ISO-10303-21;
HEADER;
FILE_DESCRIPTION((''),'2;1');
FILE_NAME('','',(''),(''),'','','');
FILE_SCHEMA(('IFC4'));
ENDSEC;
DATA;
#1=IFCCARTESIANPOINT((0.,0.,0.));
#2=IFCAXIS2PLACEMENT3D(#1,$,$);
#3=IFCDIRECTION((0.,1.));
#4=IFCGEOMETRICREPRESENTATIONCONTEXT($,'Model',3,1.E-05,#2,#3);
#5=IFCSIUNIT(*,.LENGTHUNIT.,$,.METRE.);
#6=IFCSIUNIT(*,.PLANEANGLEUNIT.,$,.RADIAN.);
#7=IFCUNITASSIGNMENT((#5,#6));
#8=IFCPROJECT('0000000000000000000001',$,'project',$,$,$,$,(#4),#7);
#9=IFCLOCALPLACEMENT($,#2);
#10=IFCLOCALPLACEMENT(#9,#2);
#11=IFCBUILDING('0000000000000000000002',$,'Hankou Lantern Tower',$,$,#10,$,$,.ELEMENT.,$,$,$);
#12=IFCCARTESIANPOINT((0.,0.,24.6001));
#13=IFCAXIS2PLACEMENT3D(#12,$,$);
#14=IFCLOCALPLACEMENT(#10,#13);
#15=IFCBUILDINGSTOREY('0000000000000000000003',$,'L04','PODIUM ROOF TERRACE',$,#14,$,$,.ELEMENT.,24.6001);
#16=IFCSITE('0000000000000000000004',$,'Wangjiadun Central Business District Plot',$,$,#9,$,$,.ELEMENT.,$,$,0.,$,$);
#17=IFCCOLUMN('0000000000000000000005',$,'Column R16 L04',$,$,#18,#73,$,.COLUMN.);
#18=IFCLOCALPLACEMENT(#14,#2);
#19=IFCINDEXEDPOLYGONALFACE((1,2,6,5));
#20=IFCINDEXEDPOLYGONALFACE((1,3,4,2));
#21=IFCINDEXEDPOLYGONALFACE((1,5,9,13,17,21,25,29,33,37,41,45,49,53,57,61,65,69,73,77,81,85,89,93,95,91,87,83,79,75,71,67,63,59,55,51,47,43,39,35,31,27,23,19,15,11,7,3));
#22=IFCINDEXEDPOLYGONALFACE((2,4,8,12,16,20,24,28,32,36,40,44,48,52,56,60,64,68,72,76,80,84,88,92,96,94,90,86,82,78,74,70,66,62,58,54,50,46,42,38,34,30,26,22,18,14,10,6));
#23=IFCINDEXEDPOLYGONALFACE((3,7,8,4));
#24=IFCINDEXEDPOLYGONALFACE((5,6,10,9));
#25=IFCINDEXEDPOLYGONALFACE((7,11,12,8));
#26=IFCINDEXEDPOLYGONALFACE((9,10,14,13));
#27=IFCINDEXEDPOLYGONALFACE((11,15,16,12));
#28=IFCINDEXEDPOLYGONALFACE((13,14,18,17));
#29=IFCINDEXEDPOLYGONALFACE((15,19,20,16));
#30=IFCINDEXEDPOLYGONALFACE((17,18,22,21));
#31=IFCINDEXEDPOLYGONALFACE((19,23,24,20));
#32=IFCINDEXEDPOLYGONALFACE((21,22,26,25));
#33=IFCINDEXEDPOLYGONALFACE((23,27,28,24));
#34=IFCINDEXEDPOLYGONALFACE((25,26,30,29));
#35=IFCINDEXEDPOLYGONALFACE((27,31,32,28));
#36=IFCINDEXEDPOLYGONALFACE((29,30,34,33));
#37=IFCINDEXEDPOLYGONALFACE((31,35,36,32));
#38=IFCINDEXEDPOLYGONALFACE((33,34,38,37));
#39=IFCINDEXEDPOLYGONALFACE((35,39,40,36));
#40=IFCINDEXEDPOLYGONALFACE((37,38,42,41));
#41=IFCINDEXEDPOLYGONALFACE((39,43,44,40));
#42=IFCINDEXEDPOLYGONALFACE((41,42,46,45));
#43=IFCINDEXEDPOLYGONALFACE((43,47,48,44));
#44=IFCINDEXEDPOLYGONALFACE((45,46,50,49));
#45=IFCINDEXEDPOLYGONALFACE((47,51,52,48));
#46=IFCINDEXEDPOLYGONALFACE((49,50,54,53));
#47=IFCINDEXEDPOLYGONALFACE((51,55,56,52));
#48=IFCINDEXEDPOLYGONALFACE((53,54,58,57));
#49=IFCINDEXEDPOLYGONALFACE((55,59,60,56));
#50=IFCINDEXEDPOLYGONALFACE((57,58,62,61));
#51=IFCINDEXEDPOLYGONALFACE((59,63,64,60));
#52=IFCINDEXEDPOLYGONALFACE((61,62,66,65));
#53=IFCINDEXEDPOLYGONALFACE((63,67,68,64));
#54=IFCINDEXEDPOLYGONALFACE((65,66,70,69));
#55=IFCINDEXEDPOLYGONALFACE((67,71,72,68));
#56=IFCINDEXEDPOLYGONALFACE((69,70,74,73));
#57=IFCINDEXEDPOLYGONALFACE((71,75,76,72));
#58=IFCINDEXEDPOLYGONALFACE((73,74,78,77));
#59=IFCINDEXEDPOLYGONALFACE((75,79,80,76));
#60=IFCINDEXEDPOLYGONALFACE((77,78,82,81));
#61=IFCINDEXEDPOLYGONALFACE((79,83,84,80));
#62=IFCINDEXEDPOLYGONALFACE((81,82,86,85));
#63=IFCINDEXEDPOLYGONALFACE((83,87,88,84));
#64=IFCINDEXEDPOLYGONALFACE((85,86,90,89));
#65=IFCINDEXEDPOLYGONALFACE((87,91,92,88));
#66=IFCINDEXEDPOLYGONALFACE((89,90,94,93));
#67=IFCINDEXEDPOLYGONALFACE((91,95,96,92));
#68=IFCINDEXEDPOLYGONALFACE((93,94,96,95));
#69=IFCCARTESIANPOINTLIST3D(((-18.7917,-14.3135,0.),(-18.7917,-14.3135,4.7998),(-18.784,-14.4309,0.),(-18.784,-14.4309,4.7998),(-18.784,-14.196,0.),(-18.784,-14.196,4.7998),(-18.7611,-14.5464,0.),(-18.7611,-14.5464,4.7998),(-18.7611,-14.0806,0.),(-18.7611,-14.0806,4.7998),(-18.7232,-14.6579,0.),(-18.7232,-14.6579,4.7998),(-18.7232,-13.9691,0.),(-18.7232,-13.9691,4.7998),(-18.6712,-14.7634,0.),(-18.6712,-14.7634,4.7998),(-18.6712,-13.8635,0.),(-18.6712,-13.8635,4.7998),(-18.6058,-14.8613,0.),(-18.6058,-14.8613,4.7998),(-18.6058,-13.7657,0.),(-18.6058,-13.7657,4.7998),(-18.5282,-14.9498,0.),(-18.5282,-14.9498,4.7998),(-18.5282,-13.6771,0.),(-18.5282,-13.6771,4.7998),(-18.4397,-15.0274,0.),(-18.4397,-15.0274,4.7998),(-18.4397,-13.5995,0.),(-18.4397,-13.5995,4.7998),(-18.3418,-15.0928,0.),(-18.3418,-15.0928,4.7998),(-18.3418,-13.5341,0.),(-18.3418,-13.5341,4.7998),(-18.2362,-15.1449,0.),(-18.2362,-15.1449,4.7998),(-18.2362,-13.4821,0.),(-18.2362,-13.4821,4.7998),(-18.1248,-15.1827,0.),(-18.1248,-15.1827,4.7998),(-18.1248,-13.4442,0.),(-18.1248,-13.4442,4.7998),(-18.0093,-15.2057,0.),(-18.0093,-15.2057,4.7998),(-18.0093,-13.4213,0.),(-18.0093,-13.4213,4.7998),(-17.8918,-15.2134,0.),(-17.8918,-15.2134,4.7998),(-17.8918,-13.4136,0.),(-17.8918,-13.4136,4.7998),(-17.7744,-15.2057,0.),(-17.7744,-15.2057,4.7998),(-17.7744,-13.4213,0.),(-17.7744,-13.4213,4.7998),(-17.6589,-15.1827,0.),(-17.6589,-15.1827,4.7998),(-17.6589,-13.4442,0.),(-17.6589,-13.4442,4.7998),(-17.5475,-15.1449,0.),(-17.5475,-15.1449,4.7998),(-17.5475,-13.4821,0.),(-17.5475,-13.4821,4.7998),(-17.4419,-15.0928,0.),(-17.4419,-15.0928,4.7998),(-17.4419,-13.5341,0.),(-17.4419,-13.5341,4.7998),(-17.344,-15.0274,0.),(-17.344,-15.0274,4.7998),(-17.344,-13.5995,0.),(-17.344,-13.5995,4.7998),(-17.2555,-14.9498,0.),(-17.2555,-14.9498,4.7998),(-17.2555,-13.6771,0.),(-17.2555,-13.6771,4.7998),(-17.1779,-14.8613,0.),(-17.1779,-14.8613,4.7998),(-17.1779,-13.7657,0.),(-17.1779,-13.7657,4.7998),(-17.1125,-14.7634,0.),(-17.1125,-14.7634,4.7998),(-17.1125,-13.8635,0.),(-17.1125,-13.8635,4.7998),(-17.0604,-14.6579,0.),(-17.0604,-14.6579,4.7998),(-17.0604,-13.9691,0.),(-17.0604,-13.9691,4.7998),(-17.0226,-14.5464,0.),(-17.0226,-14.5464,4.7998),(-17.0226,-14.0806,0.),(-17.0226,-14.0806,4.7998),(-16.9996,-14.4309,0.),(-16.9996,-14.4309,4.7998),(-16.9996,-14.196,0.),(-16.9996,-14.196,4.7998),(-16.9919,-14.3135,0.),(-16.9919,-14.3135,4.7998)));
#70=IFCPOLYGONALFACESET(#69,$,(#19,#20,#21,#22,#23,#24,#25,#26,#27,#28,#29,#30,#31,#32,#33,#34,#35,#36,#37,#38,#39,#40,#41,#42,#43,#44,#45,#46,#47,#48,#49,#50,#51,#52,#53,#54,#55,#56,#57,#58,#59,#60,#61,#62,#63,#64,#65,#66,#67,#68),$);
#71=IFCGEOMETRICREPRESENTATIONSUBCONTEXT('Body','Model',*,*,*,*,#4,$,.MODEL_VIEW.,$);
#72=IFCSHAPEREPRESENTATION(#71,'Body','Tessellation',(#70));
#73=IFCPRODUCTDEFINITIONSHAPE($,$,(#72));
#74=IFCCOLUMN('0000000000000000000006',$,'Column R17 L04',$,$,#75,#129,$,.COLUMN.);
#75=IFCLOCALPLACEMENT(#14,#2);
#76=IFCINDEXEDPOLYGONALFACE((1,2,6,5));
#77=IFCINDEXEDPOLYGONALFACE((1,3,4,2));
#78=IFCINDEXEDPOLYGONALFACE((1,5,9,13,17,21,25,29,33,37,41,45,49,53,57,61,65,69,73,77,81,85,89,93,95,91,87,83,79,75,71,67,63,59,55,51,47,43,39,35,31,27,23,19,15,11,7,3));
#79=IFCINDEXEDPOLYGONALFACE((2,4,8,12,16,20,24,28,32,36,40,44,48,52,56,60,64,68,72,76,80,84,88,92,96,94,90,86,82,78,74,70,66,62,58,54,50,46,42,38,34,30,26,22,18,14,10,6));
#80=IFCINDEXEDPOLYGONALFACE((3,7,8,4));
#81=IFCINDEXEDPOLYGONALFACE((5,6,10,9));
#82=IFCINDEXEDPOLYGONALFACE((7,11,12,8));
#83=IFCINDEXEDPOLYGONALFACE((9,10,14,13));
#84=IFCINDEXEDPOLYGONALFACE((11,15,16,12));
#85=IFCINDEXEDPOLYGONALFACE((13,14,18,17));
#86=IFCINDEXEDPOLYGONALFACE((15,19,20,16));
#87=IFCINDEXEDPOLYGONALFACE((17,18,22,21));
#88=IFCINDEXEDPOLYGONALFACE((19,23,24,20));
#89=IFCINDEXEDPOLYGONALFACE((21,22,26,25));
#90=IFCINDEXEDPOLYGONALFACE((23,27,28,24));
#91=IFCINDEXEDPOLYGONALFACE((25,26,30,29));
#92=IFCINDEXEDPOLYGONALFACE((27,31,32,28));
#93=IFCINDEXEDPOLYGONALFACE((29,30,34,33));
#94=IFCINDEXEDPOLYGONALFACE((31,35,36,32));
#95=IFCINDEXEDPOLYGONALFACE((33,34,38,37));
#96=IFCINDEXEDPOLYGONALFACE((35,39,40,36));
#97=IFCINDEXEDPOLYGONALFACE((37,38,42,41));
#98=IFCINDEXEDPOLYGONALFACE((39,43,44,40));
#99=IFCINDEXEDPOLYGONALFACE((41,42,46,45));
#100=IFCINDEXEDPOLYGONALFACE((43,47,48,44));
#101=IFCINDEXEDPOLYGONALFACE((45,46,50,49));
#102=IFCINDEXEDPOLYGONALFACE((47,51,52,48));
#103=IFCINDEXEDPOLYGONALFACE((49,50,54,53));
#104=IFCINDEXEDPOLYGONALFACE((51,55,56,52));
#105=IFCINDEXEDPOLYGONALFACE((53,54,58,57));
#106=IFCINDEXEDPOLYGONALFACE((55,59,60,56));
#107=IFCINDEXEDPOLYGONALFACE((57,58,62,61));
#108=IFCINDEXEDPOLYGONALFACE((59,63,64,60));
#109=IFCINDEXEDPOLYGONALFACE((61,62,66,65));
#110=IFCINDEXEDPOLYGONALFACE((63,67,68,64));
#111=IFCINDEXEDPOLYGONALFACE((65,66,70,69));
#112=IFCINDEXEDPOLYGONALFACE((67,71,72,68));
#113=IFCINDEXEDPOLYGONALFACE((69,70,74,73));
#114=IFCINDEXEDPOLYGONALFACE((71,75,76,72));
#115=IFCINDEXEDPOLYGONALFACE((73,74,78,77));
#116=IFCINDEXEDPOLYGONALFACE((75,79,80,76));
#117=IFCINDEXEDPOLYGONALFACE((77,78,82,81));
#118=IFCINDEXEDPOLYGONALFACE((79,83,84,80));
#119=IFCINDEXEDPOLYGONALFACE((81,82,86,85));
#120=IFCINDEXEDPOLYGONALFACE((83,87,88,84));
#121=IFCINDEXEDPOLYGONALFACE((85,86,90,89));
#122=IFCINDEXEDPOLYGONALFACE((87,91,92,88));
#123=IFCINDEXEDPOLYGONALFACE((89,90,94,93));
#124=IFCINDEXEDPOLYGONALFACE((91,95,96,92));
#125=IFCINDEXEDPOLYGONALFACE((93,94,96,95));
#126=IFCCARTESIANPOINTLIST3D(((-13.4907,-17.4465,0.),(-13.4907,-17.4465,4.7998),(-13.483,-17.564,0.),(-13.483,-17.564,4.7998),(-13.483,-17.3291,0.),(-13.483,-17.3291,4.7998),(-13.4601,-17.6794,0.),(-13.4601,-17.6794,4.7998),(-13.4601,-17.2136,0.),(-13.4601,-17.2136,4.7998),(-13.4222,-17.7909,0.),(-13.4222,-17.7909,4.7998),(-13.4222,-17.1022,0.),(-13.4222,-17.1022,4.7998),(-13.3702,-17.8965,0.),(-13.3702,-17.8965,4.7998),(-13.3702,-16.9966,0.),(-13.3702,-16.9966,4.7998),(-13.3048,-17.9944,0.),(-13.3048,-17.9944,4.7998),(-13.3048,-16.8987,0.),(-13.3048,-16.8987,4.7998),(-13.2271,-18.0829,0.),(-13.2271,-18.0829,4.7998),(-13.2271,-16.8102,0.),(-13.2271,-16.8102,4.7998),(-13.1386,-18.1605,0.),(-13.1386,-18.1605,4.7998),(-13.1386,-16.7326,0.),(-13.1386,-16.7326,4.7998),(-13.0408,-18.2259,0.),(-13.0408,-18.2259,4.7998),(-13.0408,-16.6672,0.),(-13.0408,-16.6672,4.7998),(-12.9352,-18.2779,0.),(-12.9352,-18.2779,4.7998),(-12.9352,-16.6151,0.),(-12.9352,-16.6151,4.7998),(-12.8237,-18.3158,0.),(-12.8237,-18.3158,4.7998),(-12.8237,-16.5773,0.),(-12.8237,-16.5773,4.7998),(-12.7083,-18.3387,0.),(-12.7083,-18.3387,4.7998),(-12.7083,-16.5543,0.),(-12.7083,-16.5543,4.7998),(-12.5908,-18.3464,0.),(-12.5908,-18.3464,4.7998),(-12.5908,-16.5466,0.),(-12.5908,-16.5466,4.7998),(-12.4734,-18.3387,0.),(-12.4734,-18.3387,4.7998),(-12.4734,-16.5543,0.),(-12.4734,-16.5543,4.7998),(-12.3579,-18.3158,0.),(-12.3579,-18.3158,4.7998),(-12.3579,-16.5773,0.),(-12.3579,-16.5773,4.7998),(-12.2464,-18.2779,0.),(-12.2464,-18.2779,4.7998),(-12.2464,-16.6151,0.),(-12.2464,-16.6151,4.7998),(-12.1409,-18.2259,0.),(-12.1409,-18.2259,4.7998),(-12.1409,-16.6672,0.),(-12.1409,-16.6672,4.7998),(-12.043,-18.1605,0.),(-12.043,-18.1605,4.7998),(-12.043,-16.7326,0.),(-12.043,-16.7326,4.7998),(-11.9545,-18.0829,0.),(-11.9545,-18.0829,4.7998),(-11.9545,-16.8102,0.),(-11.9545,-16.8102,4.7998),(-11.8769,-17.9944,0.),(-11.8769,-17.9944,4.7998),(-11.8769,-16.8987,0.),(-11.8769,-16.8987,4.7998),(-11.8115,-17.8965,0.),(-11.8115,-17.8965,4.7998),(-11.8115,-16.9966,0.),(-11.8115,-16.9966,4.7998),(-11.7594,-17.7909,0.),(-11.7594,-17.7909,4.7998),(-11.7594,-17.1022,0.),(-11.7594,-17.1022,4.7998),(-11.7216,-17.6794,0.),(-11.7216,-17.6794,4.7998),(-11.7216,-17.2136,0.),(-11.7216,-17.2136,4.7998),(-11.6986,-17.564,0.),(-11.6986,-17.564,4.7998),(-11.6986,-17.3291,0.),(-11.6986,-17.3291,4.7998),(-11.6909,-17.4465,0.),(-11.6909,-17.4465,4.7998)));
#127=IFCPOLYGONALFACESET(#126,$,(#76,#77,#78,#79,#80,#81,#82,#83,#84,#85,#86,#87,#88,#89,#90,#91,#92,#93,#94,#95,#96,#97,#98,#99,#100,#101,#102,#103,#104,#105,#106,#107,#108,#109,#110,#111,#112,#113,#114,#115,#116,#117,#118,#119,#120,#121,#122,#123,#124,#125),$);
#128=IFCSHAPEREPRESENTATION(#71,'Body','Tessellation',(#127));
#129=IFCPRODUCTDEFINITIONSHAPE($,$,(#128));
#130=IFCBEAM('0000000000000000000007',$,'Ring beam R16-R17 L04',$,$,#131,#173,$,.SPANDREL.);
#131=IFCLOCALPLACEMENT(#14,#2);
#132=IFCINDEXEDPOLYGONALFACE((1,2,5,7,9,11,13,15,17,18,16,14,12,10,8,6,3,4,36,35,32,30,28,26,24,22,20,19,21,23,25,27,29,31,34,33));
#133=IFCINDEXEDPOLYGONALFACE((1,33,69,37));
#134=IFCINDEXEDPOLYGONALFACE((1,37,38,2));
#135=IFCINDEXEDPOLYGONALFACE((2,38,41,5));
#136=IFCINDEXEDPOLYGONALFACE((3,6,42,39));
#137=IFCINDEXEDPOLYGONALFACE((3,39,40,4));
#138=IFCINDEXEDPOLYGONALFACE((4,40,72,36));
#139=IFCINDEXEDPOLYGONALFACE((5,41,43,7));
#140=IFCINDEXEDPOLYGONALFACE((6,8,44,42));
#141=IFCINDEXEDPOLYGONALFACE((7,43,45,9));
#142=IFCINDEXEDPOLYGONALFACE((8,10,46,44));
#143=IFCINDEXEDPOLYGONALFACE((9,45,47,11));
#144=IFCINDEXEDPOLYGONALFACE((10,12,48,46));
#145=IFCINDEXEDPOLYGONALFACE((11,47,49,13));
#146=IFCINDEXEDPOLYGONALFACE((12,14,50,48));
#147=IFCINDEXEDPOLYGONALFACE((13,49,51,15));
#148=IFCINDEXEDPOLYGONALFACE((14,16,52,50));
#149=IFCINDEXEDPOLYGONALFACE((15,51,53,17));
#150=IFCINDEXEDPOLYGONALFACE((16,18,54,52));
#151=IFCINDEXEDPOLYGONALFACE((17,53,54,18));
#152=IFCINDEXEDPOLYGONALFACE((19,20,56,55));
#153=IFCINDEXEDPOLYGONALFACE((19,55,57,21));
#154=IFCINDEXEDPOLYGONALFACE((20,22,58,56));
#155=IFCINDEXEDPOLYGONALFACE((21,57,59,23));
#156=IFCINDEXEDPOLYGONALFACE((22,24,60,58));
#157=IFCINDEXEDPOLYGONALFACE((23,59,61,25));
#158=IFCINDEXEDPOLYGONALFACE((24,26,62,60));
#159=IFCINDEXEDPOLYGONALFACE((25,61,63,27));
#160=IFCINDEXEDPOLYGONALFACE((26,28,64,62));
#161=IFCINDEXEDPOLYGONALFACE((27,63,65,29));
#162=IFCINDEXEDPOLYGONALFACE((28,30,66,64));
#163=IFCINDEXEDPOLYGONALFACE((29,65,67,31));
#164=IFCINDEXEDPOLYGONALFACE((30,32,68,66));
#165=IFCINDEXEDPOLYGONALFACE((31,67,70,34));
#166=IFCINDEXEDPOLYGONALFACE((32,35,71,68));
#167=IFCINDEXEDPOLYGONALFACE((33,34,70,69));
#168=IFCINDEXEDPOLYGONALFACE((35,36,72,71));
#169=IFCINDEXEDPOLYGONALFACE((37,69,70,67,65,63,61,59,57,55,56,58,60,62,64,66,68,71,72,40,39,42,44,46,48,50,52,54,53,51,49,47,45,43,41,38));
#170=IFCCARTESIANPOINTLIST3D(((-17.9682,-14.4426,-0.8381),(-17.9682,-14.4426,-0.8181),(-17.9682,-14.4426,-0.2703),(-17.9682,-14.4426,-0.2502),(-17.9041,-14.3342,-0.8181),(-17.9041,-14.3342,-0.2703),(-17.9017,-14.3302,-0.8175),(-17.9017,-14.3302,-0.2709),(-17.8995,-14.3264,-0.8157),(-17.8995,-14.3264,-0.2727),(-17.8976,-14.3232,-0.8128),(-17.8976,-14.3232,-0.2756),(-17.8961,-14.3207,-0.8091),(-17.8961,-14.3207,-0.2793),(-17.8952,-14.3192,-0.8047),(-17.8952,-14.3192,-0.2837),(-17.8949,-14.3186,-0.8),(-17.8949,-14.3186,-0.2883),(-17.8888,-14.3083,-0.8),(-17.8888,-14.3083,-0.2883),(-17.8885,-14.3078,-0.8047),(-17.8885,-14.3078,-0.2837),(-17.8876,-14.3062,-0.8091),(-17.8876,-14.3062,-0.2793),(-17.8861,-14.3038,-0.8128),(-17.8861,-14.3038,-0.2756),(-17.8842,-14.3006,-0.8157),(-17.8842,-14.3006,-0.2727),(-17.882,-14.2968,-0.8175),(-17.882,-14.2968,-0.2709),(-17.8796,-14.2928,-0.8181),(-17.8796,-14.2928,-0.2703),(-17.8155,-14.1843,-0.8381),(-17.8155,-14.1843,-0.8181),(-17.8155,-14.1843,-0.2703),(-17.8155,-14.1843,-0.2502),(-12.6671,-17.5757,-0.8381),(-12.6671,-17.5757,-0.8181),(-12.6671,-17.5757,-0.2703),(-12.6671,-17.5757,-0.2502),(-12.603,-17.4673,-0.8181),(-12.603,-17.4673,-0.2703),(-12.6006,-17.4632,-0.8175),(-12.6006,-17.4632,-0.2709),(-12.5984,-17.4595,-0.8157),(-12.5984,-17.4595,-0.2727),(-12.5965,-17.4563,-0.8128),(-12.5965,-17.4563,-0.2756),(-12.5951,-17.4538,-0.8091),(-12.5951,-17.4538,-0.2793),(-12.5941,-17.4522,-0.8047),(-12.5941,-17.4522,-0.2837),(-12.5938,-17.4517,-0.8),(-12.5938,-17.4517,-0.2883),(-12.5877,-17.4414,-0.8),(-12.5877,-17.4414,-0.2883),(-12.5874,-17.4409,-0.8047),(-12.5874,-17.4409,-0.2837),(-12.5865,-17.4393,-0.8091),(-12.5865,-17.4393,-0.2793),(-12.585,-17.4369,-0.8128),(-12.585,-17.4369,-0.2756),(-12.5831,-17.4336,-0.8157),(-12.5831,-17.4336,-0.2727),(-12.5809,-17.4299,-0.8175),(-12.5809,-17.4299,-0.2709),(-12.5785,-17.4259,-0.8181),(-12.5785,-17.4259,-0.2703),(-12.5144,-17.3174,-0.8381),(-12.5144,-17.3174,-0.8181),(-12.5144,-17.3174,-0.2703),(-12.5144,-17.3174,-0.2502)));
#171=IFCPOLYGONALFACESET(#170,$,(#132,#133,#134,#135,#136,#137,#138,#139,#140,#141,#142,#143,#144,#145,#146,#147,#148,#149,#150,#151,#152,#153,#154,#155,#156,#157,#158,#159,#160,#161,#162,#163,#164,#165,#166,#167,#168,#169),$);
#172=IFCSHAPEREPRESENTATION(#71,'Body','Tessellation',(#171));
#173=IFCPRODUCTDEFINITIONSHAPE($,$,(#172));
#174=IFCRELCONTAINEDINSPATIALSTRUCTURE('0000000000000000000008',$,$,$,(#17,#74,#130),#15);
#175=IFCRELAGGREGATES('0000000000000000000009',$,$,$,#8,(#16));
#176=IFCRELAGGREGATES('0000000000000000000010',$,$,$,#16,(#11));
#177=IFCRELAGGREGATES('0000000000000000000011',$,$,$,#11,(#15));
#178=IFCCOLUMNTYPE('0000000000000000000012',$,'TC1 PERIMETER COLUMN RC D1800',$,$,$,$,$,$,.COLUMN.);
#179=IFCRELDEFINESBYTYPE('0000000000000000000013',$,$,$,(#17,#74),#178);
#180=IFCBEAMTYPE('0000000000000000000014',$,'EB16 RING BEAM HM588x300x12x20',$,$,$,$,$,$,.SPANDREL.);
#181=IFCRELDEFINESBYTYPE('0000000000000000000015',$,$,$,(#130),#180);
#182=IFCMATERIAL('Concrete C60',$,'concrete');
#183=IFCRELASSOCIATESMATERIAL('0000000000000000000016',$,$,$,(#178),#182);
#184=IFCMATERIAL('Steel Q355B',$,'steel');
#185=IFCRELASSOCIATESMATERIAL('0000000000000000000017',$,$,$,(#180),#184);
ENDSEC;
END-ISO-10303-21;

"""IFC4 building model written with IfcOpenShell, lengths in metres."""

from ifc_helpers import new_model, si_unit, direction, frame, origin, origin_2d, place, context, subcontext, project, spatial, circle, i_section, extrude, material, material_profile, profile_set, type_object, element, save


model = new_model("IFC4")

# Units and contexts
model_context = context("Model", 3, precision=1e-05, world=origin(), true_north=direction((0.0, 1.0)))
body_context = subcontext(model_context, "Body", "Model", "MODEL_VIEW")
ifc_project = project(units=[si_unit("LENGTHUNIT", "METRE"), si_unit("PLANEANGLEUNIT", "RADIAN")], contexts=[model_context])

# Site, building, storey
site_placement = place(None, origin())
site = spatial("IfcSite", under=ifc_project, at=site_placement, Name="Wangjiadun Central Business District Plot", CompositionType="ELEMENT", RefElevation=0.0)
building_placement = place(site_placement, origin())
building = spatial("IfcBuilding", under=site, at=building_placement, Name="Hankou Lantern Tower", CompositionType="ELEMENT")
storey_placement = place(building_placement, frame((0.0, 0.0, 24.6001)))
storey = spatial("IfcBuildingStorey", under=building, at=storey_placement, Name="L04", Description="PODIUM ROOF TERRACE", CompositionType="ELEMENT", Elevation=24.6001)

# Columns
ifc_material_1 = material(Name="Concrete C60", Category="concrete")
ifc_material_profile_1 = material_profile(ifc_material_1, circle(Radius=0.8999, at=origin_2d()), Name="RC D1800")
ifc_profile_set_1 = profile_set([ifc_material_profile_1], Name="Concrete C60")
column_type = type_object("IfcColumnType", Name="TC1 PERIMETER COLUMN RC D1800", PredefinedType="COLUMN", material=ifc_profile_set_1)
for number, where, z_axis, x_axis, name in (
    (1, (-17.8918, -14.3135, 0.0), (0.0, 0.0, 1.0), (1.0, 0.0, 0.0), "Column R16 L04"),
    (2, (-12.5908, -17.4465, 0.0), (0.0, 0.0, 1.0), (1.0, 0.0, 0.0), "Column R17 L04"),
):
    element("IfcColumn", number, at=place(storey_placement, frame(where, z_axis=z_axis, x_axis=x_axis)), inside=storey, type_object=column_type, Name=name, PredefinedType="COLUMN", context=body_context, shape_type="SweptSolid", body=[
        extrude(circle(Radius=0.8999, at=origin_2d()), origin(), (0.0, 0.0, 1.0), 4.7998),
    ])

# Beam
ifc_material_2 = material(Name="Steel Q355B", Category="steel")
ifc_material_profile_2 = material_profile(ifc_material_2, i_section(OverallWidth=0.3, OverallDepth=0.5879, WebThickness=0.012, FlangeThickness=0.02, FilletRadius=0.0181, at=origin_2d()), Name="HM588x300x12x20")
ifc_profile_set_2 = profile_set([ifc_material_profile_2], Name="Steel Q355B")
beam_type_1 = type_object("IfcBeamType", Name="EB16 RING BEAM HM588x300x12x20", PredefinedType="SPANDREL", material=ifc_profile_set_2)
beam_1_placement = place(storey_placement, frame((-17.8918, -14.3135, -0.5442), z_axis=(0.860882, -0.508805, 0.0), x_axis=(0.508805, 0.860882, 0.0)))
element("IfcBeam", 3, at=beam_1_placement, inside=storey, type_object=beam_type_1, Name="Ring beam R16-R17 L04", PredefinedType="SPANDREL", context=body_context, shape_type="SweptSolid", body=[
    extrude(i_section(OverallWidth=0.3, OverallDepth=0.5879, WebThickness=0.012, FlangeThickness=0.02, FilletRadius=0.0181, at=origin_2d()), origin(), (0.0, 0.0, 1.0), 6.1577),
])

save(model, "model.ifc")
